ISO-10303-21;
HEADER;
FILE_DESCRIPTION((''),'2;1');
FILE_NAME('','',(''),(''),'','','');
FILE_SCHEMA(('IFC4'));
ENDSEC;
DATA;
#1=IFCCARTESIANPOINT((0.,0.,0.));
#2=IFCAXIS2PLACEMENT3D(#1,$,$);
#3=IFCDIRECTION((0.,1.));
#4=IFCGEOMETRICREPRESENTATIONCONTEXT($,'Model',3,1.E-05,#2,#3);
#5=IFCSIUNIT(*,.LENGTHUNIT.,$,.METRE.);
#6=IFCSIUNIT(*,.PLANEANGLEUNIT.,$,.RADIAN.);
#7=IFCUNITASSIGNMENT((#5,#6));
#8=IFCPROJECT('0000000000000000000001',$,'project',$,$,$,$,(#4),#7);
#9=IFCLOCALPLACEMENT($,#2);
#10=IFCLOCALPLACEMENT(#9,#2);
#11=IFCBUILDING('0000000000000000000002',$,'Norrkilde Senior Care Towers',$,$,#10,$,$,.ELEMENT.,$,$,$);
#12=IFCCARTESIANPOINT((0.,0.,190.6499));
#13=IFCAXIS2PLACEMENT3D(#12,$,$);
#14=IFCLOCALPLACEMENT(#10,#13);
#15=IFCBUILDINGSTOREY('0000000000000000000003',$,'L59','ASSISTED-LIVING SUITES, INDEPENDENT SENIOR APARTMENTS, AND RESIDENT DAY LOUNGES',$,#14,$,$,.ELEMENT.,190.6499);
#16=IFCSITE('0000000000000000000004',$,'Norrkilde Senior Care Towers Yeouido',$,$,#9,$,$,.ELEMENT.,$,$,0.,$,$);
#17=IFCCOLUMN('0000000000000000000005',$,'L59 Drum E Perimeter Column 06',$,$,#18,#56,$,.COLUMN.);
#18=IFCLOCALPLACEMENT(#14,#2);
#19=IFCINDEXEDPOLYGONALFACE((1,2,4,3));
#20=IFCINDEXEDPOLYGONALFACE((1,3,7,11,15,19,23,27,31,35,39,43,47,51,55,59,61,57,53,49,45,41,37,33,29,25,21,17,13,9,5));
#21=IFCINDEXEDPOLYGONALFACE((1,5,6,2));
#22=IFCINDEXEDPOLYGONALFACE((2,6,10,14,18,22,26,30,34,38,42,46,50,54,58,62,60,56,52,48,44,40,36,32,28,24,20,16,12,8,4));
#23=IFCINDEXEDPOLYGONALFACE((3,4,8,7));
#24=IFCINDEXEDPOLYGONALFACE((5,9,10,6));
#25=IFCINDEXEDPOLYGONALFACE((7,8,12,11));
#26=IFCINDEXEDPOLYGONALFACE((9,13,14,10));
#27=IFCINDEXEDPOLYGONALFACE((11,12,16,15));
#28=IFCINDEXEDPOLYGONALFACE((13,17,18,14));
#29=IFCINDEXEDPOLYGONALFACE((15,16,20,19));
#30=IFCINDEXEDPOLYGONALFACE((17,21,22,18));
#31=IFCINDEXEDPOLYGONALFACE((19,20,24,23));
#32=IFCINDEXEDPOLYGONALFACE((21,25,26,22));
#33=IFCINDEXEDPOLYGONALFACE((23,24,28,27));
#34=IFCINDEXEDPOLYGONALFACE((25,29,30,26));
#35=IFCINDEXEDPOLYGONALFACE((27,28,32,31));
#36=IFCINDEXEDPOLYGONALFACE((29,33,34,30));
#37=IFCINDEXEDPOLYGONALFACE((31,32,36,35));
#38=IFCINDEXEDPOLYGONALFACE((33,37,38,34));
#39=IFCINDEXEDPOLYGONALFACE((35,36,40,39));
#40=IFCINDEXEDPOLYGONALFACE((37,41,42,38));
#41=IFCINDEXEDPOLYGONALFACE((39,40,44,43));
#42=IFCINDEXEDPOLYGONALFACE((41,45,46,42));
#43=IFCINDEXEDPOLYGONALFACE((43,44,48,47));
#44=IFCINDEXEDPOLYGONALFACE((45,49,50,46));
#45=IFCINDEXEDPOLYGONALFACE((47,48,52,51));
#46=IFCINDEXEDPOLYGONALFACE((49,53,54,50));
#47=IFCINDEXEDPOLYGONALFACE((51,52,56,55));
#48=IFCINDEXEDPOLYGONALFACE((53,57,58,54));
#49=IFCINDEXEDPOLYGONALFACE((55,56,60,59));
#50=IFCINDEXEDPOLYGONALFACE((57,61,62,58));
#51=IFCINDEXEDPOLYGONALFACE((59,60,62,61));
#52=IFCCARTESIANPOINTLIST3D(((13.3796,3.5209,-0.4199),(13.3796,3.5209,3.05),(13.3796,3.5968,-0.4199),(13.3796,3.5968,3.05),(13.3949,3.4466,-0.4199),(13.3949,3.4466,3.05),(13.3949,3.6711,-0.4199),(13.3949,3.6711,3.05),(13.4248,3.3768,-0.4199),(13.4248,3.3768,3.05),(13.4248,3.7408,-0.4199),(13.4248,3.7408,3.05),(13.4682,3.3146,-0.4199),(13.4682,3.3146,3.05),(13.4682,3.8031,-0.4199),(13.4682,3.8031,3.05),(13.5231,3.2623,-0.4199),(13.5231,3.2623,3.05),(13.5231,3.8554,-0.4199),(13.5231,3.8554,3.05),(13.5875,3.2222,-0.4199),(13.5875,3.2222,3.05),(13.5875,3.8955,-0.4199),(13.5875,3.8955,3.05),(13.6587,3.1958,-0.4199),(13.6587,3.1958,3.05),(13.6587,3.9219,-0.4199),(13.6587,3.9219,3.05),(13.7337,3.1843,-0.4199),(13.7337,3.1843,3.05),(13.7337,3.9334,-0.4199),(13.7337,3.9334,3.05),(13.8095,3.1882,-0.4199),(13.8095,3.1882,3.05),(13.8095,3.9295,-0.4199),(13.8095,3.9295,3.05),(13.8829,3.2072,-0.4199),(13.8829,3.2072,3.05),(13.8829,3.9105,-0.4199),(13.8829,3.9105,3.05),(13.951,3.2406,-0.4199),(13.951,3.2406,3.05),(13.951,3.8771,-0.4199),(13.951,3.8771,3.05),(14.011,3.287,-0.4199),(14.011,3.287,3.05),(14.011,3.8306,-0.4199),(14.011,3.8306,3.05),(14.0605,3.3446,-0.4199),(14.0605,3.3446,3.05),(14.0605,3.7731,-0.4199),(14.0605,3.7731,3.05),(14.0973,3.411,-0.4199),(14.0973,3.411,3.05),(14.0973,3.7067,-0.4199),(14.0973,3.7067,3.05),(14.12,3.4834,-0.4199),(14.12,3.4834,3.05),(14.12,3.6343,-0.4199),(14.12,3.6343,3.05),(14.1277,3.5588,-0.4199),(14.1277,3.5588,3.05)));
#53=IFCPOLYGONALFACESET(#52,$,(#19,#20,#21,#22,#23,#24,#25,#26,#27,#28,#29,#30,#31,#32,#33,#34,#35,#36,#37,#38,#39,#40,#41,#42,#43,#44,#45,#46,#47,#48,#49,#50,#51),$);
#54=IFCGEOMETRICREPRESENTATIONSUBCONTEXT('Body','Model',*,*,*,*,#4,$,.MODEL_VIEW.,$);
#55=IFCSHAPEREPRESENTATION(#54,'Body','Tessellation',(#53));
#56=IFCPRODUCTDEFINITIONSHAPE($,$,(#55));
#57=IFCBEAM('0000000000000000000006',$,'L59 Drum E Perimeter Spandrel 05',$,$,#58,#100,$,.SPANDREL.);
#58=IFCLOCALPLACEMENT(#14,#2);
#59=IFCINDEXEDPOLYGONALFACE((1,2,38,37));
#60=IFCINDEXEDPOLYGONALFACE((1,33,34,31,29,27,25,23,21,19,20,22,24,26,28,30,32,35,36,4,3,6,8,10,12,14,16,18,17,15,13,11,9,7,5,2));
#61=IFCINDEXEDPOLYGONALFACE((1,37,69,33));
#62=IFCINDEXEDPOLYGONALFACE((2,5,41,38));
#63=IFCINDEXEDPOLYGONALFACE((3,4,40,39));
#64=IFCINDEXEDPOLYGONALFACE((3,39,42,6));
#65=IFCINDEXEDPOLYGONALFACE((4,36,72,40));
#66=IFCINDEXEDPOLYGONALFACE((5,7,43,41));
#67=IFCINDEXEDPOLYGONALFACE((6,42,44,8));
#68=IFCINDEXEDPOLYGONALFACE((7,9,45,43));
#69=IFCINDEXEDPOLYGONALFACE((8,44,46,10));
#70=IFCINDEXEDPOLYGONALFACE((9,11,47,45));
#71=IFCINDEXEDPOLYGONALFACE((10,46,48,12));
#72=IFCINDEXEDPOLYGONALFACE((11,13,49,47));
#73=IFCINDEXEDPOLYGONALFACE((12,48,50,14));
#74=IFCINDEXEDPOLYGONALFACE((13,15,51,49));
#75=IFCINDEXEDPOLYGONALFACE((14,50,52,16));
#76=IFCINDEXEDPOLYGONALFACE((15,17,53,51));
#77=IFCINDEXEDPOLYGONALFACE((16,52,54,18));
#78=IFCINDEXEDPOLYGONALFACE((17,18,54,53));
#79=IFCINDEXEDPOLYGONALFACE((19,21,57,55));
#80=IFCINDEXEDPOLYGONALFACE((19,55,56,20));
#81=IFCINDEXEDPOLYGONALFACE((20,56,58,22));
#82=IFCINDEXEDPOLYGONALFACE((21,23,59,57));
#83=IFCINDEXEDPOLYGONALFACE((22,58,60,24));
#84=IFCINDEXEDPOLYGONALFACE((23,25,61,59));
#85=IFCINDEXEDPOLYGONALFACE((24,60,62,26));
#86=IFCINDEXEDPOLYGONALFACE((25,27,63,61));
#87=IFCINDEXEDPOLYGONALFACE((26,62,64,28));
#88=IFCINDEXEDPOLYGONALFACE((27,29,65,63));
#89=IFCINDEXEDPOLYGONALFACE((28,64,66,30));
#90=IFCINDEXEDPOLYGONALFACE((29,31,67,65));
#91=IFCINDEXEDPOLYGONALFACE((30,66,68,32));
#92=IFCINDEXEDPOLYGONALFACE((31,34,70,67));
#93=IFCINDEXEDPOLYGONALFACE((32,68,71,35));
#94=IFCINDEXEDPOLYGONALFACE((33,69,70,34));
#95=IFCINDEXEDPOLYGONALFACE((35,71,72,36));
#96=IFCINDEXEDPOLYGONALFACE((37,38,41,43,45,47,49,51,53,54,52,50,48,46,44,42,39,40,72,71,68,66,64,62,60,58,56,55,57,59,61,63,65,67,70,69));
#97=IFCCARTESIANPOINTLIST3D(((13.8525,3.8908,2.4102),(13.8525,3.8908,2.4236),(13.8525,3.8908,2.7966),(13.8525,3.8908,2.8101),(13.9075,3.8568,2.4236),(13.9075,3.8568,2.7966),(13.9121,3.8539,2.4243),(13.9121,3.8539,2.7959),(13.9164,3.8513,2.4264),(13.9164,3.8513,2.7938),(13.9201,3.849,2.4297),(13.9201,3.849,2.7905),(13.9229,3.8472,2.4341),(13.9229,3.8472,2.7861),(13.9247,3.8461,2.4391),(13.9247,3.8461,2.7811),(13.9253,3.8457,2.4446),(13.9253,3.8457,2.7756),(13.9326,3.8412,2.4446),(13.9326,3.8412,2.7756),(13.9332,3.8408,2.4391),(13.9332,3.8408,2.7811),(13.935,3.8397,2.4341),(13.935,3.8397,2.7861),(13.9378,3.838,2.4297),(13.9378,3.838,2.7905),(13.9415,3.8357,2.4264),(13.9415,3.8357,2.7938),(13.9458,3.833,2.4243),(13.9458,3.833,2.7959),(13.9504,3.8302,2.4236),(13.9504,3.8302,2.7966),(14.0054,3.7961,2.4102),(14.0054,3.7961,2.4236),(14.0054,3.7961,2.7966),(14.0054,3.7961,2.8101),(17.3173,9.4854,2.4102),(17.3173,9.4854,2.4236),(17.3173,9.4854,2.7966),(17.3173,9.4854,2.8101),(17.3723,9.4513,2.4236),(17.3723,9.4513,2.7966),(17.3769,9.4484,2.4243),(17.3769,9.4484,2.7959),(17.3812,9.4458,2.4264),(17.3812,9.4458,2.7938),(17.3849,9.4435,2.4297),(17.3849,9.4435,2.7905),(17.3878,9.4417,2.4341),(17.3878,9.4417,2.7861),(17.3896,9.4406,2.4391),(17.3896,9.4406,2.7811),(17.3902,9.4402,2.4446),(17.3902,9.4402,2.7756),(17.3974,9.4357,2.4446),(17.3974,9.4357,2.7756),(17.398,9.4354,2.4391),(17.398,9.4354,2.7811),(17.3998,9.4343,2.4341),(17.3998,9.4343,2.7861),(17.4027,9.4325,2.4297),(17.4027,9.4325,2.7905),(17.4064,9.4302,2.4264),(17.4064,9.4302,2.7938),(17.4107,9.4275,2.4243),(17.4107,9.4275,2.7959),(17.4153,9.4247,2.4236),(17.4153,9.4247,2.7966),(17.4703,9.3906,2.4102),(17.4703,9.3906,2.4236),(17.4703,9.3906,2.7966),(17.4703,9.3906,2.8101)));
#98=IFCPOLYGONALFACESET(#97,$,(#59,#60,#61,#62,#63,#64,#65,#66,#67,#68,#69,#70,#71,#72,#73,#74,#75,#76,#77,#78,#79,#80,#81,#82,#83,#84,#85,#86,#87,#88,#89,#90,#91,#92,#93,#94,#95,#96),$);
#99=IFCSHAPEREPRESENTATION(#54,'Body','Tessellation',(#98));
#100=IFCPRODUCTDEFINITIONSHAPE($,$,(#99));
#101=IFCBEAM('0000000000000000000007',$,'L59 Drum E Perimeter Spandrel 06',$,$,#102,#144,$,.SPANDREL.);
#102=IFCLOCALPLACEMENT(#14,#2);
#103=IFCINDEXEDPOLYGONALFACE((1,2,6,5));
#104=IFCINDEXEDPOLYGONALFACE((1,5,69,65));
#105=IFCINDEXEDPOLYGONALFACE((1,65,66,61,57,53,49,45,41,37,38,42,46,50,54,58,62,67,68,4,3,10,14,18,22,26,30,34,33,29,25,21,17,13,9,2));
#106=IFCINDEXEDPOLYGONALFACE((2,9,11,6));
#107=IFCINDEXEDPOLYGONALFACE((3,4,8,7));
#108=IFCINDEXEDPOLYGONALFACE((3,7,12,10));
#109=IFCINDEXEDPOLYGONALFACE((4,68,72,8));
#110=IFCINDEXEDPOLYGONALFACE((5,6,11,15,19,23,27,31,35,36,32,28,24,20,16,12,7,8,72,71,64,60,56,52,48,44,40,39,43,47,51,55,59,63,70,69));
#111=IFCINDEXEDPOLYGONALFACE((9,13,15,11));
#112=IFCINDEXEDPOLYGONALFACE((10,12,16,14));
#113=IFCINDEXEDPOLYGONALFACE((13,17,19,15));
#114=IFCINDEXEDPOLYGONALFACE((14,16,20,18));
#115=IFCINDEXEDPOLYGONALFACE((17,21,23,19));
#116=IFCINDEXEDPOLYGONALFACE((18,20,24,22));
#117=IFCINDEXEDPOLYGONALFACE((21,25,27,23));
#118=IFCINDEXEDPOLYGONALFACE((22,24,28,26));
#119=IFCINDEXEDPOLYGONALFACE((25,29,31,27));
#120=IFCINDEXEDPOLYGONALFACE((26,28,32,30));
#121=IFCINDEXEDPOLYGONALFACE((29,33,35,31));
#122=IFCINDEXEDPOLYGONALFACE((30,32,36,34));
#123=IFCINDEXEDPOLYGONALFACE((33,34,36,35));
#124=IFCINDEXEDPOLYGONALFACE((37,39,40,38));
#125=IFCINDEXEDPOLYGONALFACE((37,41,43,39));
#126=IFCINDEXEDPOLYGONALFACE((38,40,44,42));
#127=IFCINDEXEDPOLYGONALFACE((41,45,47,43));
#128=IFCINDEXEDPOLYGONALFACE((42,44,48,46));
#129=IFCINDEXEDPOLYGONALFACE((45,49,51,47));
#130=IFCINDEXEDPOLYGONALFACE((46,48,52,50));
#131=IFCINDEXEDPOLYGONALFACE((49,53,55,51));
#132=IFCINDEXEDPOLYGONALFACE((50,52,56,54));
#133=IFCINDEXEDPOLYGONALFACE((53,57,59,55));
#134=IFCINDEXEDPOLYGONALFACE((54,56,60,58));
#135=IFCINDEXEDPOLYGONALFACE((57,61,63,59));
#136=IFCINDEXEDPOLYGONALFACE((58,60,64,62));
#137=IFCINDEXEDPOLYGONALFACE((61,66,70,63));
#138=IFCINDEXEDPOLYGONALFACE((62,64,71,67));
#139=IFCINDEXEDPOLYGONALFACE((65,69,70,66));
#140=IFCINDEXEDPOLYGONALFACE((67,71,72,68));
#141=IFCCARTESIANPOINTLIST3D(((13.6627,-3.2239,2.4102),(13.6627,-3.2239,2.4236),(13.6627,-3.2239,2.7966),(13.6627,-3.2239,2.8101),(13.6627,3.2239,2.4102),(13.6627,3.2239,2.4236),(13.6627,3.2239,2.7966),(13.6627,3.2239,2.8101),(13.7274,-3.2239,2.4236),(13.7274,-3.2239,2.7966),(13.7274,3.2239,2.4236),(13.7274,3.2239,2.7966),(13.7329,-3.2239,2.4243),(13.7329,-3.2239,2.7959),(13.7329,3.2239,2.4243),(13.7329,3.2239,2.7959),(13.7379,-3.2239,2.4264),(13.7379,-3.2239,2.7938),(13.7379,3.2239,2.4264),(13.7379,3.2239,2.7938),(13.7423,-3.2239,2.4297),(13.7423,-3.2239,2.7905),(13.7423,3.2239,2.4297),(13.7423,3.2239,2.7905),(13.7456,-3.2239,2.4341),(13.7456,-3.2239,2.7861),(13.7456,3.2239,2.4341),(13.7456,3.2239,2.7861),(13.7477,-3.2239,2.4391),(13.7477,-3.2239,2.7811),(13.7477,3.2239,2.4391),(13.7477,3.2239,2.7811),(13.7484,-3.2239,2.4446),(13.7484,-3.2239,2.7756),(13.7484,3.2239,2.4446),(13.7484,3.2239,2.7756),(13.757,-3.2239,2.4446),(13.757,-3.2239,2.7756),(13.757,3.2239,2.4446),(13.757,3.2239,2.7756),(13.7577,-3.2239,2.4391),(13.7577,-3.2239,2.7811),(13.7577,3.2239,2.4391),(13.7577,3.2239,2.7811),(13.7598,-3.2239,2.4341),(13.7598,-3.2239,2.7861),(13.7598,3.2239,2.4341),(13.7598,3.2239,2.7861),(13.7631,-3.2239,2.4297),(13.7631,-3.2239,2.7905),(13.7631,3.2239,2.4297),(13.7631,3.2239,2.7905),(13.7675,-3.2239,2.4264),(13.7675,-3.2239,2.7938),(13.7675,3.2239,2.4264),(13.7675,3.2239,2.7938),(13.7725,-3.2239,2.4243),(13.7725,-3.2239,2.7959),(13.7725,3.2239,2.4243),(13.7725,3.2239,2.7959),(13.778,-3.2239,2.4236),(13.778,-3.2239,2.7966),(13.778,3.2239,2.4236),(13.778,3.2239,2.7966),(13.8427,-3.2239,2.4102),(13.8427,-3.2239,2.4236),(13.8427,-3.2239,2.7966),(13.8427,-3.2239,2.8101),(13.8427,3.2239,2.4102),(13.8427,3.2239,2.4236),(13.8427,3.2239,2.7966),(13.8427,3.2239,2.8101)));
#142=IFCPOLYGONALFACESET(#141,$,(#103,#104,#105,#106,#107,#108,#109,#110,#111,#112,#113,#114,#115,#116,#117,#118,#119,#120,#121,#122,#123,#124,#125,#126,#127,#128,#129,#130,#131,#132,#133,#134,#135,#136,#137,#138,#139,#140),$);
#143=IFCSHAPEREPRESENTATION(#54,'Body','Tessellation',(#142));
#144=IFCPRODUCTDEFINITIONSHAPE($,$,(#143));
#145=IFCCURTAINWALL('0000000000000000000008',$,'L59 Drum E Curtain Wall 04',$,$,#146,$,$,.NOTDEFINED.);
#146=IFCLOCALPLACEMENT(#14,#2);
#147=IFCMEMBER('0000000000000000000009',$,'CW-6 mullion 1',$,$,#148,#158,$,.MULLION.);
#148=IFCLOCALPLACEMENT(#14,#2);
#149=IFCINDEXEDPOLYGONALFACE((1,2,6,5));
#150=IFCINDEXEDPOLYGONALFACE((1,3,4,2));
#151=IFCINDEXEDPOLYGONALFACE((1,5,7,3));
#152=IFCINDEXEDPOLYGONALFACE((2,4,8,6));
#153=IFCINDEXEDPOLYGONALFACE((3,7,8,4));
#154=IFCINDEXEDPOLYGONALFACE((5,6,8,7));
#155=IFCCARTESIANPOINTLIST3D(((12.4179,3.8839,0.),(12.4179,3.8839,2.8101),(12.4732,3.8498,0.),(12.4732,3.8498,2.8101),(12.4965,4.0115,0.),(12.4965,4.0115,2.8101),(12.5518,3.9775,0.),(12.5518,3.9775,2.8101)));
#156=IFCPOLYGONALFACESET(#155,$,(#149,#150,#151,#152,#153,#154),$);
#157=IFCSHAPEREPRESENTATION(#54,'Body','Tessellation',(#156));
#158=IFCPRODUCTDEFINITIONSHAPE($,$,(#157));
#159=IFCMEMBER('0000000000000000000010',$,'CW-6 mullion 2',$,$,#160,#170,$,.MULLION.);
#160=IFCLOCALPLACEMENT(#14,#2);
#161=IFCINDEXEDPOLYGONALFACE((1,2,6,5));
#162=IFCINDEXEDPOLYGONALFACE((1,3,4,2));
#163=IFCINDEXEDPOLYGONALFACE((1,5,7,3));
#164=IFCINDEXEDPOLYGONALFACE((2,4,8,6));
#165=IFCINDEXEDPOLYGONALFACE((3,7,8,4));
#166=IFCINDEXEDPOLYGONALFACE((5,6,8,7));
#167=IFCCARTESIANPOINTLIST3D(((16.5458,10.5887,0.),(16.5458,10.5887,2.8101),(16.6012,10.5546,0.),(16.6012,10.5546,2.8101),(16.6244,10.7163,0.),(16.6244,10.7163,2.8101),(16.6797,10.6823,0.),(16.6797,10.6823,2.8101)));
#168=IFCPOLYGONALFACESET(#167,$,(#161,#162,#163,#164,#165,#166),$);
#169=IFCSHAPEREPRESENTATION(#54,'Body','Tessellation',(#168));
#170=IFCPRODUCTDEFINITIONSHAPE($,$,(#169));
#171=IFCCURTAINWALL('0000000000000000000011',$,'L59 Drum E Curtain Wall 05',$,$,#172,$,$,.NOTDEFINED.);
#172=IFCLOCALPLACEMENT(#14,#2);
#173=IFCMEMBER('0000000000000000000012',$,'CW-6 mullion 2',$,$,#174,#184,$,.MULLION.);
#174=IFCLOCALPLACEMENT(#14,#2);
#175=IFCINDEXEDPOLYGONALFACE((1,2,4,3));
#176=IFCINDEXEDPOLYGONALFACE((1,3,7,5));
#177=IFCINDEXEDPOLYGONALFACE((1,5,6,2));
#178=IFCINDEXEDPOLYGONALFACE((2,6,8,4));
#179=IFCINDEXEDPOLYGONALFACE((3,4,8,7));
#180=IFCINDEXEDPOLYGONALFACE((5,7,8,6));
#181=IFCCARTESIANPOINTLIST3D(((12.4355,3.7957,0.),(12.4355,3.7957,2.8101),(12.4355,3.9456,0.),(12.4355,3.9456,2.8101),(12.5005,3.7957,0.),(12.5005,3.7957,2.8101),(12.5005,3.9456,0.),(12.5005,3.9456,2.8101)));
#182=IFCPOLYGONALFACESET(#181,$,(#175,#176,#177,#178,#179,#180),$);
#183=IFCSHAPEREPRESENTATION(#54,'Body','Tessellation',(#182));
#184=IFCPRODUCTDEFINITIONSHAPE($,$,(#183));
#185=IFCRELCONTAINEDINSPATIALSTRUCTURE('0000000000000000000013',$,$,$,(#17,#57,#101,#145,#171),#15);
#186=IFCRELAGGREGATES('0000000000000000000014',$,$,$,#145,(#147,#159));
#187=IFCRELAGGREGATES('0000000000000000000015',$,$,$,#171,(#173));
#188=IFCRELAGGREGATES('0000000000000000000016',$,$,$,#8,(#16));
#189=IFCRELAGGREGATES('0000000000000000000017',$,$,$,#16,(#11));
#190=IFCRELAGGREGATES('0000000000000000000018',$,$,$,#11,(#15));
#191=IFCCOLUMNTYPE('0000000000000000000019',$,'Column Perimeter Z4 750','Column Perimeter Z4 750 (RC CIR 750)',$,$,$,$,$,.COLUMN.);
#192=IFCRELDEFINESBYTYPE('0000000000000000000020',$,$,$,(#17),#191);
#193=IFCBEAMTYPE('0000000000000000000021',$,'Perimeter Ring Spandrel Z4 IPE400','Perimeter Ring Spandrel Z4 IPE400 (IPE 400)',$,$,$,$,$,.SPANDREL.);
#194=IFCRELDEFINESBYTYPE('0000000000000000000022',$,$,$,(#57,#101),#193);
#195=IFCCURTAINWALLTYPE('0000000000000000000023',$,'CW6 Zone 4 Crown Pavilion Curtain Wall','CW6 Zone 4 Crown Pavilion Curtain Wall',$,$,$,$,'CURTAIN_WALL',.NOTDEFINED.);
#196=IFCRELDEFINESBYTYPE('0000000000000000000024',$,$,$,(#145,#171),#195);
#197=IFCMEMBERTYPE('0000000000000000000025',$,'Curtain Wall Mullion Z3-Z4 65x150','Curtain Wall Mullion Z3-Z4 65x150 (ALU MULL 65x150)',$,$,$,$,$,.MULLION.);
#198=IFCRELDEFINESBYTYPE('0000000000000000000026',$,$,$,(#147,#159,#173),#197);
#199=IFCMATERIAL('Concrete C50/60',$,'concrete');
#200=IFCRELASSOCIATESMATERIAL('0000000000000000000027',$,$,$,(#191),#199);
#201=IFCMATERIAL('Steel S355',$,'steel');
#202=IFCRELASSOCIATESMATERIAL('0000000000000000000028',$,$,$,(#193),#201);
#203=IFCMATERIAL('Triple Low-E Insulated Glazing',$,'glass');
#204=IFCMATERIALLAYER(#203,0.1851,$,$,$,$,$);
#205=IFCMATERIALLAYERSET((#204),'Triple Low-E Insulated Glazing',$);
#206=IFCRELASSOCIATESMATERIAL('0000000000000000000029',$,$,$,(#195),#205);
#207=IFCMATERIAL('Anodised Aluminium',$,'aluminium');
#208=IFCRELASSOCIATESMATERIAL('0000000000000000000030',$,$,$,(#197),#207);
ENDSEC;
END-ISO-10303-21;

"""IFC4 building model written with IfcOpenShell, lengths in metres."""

from ifc_helpers import new_model, si_unit, direction, frame, origin, origin_2d, place, context, subcontext, project, spatial, rectangle, circle, i_section, extrude, source, transform, mapped, material, layer, layer_set, material_profile, profile_set, type_object, type_shapes, element, aggregate, save


model = new_model("IFC4")

# Units and contexts
model_context = context("Model", 3, precision=1e-05, world=origin(), true_north=direction((0.0, 1.0)))
body_context = subcontext(model_context, "Body", "Model", "MODEL_VIEW")
ifc_project = project(units=[si_unit("LENGTHUNIT", "METRE"), si_unit("PLANEANGLEUNIT", "RADIAN")], contexts=[model_context])

# Site, building, storey
site_placement = place(None, origin())
site = spatial("IfcSite", under=ifc_project, at=site_placement, Name="Norrkilde Senior Care Towers Yeouido", CompositionType="ELEMENT", RefElevation=0.0)
building_placement = place(site_placement, origin())
building = spatial("IfcBuilding", under=site, at=building_placement, Name="Norrkilde Senior Care Towers", CompositionType="ELEMENT")
storey_placement = place(building_placement, frame((0.0, 0.0, 190.6499)))
storey = spatial("IfcBuildingStorey", under=building, at=storey_placement, Name="L59", Description="ASSISTED-LIVING SUITES, INDEPENDENT SENIOR APARTMENTS, AND RESIDENT DAY LOUNGES", CompositionType="ELEMENT", Elevation=190.6499)

# Column
ifc_material_1 = material(Name="Concrete C50/60", Category="concrete")
ifc_material_profile_1 = material_profile(ifc_material_1, circle(Radius=0.375, at=origin_2d()), Name="RC CIR 750")
ifc_profile_set_1 = profile_set([ifc_material_profile_1], Name="Concrete C50/60")
column_type = type_object("IfcColumnType", Name="Column Perimeter Z4 750", Description="Column Perimeter Z4 750 (RC CIR 750)", PredefinedType="COLUMN", material=ifc_profile_set_1)
shared_shape_1 = source(origin(), body_context, "Body", "SweptSolid", [
    extrude(circle(Radius=0.375, at=origin_2d()), origin(), (0.0, 0.0, 1.0), 3.47),
])
type_shapes(column_type, [shared_shape_1])
column_placement = place(storey_placement, frame((13.7527, 3.5588, -0.4199), z_axis=(0.0, 0.0, 1.0), x_axis=(1.0, 0.0, 0.0)))
element("IfcColumn", 1, at=column_placement, inside=storey, type_object=column_type, Name="L59 Drum E Perimeter Column 06", PredefinedType="COLUMN", context=body_context, shape_type="MappedRepresentation", body=[
    mapped(shared_shape_1, transform((0.0, 0.0, 0.0), x_axis=(1.0, 0.0, 0.0), y_axis=(0.0, 1.0, 0.0), z_axis=(0.0, 0.0, 1.0), scale=1.0)),
])

# Beams
ifc_material_2 = material(Name="Steel S355", Category="steel")
ifc_material_profile_2 = material_profile(ifc_material_2, i_section(OverallWidth=0.1799, OverallDepth=0.3999, WebThickness=0.0085, FlangeThickness=0.0134, FilletRadius=0.021, at=origin_2d()), Name="IPE 400")
ifc_profile_set_2 = profile_set([ifc_material_profile_2], Name="Steel S355")
beam_type = type_object("IfcBeamType", Name="Perimeter Ring Spandrel Z4 IPE400", Description="Perimeter Ring Spandrel Z4 IPE400 (IPE 400)", PredefinedType="SPANDREL", material=ifc_profile_set_2)
shared_shape_2 = source(origin(), body_context, "Body", "SweptSolid", [
    extrude(i_section(OverallWidth=0.1799, OverallDepth=0.3999, WebThickness=0.0085, FlangeThickness=0.0134, FilletRadius=0.021, at=origin_2d()), origin(), (0.0, 0.0, 1.0), 6.5806),
])
beam_1_placement = place(storey_placement, frame((17.3938, 9.438, 2.6101), z_axis=(-0.52653, -0.850157, 0.0), x_axis=(0.850157, -0.52653, 0.0)))
element("IfcBeam", 2, at=beam_1_placement, inside=storey, type_object=beam_type, Name="L59 Drum E Perimeter Spandrel 05", PredefinedType="SPANDREL", context=body_context, shape_type="MappedRepresentation", body=[
    mapped(shared_shape_2, transform((0.0, 0.0, 0.0), x_axis=(1.0, 0.0, 0.0), y_axis=(0.0, 1.0, 0.0), z_axis=(0.0, 0.0, 1.0), scale=1.0)),
])
shared_shape_3 = source(origin(), body_context, "Body", "SweptSolid", [
    extrude(i_section(OverallWidth=0.1799, OverallDepth=0.3999, WebThickness=0.0085, FlangeThickness=0.0134, FilletRadius=0.021, at=origin_2d()), origin(), (0.0, 0.0, 1.0), 6.4478),
])
type_shapes(beam_type, [shared_shape_2, shared_shape_3])
beam_2_placement = place(storey_placement, frame((13.7527, 3.2239, 2.6101), z_axis=(0.0, -1.0, 0.0), x_axis=(1.0, 0.0, 0.0)))
element("IfcBeam", 3, at=beam_2_placement, inside=storey, type_object=beam_type, Name="L59 Drum E Perimeter Spandrel 06", PredefinedType="SPANDREL", context=body_context, shape_type="MappedRepresentation", body=[
    mapped(shared_shape_3, transform((0.0, 0.0, 0.0), x_axis=(1.0, 0.0, 0.0), y_axis=(0.0, 1.0, 0.0), z_axis=(0.0, 0.0, 1.0), scale=1.0)),
])

# Curtain wall, members
ifc_material_3 = material(Name="Triple Low-E Insulated Glazing", Category="glass")
ifc_layer_1 = layer(ifc_material_3, 0.1851)
ifc_layer_set_1 = layer_set([ifc_layer_1], Name="Triple Low-E Insulated Glazing")
curtain_wall_type = type_object("IfcCurtainWallType", Name="CW6 Zone 4 Crown Pavilion Curtain Wall", Description="CW6 Zone 4 Crown Pavilion Curtain Wall", ElementType="CURTAIN_WALL", PredefinedType="NOTDEFINED", material=ifc_layer_set_1)
curtain_wall_1_placement = place(storey_placement, origin())
curtain_wall_1 = element("IfcCurtainWall", 4, at=curtain_wall_1_placement, inside=storey, type_object=curtain_wall_type, Name="L59 Drum E Curtain Wall 04", PredefinedType="NOTDEFINED")
ifc_material_4 = material(Name="Anodised Aluminium", Category="aluminium")
ifc_material_profile_3 = material_profile(ifc_material_4, rectangle(XDim=0.0649, YDim=0.1499, at=origin_2d()), Name="ALU MULL 65x150")
ifc_profile_set_3 = profile_set([ifc_material_profile_3], Name="Anodised Aluminium")
member_type_1 = type_object("IfcMemberType", Name="Curtain Wall Mullion Z3-Z4 65x150", Description="Curtain Wall Mullion Z3-Z4 65x150 (ALU MULL 65x150)", PredefinedType="MULLION", material=ifc_profile_set_3)
shared_shape_4 = source(origin(), body_context, "Body", "SweptSolid", [
    extrude(rectangle(XDim=0.0649, YDim=0.1499, at=origin_2d()), origin(), (0.0, 0.0, 1.0), 2.8101),
])
type_shapes(member_type_1, [shared_shape_4])
member_1_placement = place(storey_placement, frame((12.4849, 3.9307, 0.0), z_axis=(0.0, 0.0, 1.0), x_axis=(-0.851563, 0.524253, 0.0)))
member_1 = element("IfcMember", 5, at=member_1_placement, type_object=member_type_1, Name="CW-6 mullion 1", PredefinedType="MULLION", context=body_context, shape_type="MappedRepresentation", body=[
    mapped(shared_shape_4, transform((0.0, 0.0, 0.0), x_axis=(1.0, 0.0, 0.0), y_axis=(0.0, 1.0, 0.0), z_axis=(0.0, 0.0, 1.0), scale=1.0)),
])
member_2_placement = place(storey_placement, frame((16.6128, 10.6355, 0.0), z_axis=(0.0, 0.0, 1.0), x_axis=(-0.851563, 0.524253, 0.0)))
member_2 = element("IfcMember", 6, at=member_2_placement, type_object=member_type_1, Name="CW-6 mullion 2", PredefinedType="MULLION", context=body_context, shape_type="MappedRepresentation", body=[
    mapped(shared_shape_4, transform((0.0, 0.0, 0.0), x_axis=(1.0, 0.0, 0.0), y_axis=(0.0, 1.0, 0.0), z_axis=(0.0, 0.0, 1.0), scale=1.0)),
])

# Curtain wall, member
curtain_wall_2_placement = place(storey_placement, origin())
curtain_wall_2 = element("IfcCurtainWall", 7, at=curtain_wall_2_placement, inside=storey, type_object=curtain_wall_type, Name="L59 Drum E Curtain Wall 05", PredefinedType="NOTDEFINED")
member_3_placement = place(storey_placement, frame((12.468, 3.8706, 0.0), z_axis=(0.0, 0.0, 1.0), x_axis=(-1.0, 0.0, 0.0)))
member_3 = element("IfcMember", 8, at=member_3_placement, type_object=member_type_1, Name="CW-6 mullion 2", PredefinedType="MULLION", context=body_context, shape_type="MappedRepresentation", body=[
    mapped(shared_shape_4, transform((0.0, 0.0, 0.0), x_axis=(1.0, 0.0, 0.0), y_axis=(0.0, 1.0, 0.0), z_axis=(0.0, 0.0, 1.0), scale=1.0)),
])

aggregate(curtain_wall_1, [member_1, member_2])
aggregate(curtain_wall_2, [member_3])

save(model, "model.ifc")
